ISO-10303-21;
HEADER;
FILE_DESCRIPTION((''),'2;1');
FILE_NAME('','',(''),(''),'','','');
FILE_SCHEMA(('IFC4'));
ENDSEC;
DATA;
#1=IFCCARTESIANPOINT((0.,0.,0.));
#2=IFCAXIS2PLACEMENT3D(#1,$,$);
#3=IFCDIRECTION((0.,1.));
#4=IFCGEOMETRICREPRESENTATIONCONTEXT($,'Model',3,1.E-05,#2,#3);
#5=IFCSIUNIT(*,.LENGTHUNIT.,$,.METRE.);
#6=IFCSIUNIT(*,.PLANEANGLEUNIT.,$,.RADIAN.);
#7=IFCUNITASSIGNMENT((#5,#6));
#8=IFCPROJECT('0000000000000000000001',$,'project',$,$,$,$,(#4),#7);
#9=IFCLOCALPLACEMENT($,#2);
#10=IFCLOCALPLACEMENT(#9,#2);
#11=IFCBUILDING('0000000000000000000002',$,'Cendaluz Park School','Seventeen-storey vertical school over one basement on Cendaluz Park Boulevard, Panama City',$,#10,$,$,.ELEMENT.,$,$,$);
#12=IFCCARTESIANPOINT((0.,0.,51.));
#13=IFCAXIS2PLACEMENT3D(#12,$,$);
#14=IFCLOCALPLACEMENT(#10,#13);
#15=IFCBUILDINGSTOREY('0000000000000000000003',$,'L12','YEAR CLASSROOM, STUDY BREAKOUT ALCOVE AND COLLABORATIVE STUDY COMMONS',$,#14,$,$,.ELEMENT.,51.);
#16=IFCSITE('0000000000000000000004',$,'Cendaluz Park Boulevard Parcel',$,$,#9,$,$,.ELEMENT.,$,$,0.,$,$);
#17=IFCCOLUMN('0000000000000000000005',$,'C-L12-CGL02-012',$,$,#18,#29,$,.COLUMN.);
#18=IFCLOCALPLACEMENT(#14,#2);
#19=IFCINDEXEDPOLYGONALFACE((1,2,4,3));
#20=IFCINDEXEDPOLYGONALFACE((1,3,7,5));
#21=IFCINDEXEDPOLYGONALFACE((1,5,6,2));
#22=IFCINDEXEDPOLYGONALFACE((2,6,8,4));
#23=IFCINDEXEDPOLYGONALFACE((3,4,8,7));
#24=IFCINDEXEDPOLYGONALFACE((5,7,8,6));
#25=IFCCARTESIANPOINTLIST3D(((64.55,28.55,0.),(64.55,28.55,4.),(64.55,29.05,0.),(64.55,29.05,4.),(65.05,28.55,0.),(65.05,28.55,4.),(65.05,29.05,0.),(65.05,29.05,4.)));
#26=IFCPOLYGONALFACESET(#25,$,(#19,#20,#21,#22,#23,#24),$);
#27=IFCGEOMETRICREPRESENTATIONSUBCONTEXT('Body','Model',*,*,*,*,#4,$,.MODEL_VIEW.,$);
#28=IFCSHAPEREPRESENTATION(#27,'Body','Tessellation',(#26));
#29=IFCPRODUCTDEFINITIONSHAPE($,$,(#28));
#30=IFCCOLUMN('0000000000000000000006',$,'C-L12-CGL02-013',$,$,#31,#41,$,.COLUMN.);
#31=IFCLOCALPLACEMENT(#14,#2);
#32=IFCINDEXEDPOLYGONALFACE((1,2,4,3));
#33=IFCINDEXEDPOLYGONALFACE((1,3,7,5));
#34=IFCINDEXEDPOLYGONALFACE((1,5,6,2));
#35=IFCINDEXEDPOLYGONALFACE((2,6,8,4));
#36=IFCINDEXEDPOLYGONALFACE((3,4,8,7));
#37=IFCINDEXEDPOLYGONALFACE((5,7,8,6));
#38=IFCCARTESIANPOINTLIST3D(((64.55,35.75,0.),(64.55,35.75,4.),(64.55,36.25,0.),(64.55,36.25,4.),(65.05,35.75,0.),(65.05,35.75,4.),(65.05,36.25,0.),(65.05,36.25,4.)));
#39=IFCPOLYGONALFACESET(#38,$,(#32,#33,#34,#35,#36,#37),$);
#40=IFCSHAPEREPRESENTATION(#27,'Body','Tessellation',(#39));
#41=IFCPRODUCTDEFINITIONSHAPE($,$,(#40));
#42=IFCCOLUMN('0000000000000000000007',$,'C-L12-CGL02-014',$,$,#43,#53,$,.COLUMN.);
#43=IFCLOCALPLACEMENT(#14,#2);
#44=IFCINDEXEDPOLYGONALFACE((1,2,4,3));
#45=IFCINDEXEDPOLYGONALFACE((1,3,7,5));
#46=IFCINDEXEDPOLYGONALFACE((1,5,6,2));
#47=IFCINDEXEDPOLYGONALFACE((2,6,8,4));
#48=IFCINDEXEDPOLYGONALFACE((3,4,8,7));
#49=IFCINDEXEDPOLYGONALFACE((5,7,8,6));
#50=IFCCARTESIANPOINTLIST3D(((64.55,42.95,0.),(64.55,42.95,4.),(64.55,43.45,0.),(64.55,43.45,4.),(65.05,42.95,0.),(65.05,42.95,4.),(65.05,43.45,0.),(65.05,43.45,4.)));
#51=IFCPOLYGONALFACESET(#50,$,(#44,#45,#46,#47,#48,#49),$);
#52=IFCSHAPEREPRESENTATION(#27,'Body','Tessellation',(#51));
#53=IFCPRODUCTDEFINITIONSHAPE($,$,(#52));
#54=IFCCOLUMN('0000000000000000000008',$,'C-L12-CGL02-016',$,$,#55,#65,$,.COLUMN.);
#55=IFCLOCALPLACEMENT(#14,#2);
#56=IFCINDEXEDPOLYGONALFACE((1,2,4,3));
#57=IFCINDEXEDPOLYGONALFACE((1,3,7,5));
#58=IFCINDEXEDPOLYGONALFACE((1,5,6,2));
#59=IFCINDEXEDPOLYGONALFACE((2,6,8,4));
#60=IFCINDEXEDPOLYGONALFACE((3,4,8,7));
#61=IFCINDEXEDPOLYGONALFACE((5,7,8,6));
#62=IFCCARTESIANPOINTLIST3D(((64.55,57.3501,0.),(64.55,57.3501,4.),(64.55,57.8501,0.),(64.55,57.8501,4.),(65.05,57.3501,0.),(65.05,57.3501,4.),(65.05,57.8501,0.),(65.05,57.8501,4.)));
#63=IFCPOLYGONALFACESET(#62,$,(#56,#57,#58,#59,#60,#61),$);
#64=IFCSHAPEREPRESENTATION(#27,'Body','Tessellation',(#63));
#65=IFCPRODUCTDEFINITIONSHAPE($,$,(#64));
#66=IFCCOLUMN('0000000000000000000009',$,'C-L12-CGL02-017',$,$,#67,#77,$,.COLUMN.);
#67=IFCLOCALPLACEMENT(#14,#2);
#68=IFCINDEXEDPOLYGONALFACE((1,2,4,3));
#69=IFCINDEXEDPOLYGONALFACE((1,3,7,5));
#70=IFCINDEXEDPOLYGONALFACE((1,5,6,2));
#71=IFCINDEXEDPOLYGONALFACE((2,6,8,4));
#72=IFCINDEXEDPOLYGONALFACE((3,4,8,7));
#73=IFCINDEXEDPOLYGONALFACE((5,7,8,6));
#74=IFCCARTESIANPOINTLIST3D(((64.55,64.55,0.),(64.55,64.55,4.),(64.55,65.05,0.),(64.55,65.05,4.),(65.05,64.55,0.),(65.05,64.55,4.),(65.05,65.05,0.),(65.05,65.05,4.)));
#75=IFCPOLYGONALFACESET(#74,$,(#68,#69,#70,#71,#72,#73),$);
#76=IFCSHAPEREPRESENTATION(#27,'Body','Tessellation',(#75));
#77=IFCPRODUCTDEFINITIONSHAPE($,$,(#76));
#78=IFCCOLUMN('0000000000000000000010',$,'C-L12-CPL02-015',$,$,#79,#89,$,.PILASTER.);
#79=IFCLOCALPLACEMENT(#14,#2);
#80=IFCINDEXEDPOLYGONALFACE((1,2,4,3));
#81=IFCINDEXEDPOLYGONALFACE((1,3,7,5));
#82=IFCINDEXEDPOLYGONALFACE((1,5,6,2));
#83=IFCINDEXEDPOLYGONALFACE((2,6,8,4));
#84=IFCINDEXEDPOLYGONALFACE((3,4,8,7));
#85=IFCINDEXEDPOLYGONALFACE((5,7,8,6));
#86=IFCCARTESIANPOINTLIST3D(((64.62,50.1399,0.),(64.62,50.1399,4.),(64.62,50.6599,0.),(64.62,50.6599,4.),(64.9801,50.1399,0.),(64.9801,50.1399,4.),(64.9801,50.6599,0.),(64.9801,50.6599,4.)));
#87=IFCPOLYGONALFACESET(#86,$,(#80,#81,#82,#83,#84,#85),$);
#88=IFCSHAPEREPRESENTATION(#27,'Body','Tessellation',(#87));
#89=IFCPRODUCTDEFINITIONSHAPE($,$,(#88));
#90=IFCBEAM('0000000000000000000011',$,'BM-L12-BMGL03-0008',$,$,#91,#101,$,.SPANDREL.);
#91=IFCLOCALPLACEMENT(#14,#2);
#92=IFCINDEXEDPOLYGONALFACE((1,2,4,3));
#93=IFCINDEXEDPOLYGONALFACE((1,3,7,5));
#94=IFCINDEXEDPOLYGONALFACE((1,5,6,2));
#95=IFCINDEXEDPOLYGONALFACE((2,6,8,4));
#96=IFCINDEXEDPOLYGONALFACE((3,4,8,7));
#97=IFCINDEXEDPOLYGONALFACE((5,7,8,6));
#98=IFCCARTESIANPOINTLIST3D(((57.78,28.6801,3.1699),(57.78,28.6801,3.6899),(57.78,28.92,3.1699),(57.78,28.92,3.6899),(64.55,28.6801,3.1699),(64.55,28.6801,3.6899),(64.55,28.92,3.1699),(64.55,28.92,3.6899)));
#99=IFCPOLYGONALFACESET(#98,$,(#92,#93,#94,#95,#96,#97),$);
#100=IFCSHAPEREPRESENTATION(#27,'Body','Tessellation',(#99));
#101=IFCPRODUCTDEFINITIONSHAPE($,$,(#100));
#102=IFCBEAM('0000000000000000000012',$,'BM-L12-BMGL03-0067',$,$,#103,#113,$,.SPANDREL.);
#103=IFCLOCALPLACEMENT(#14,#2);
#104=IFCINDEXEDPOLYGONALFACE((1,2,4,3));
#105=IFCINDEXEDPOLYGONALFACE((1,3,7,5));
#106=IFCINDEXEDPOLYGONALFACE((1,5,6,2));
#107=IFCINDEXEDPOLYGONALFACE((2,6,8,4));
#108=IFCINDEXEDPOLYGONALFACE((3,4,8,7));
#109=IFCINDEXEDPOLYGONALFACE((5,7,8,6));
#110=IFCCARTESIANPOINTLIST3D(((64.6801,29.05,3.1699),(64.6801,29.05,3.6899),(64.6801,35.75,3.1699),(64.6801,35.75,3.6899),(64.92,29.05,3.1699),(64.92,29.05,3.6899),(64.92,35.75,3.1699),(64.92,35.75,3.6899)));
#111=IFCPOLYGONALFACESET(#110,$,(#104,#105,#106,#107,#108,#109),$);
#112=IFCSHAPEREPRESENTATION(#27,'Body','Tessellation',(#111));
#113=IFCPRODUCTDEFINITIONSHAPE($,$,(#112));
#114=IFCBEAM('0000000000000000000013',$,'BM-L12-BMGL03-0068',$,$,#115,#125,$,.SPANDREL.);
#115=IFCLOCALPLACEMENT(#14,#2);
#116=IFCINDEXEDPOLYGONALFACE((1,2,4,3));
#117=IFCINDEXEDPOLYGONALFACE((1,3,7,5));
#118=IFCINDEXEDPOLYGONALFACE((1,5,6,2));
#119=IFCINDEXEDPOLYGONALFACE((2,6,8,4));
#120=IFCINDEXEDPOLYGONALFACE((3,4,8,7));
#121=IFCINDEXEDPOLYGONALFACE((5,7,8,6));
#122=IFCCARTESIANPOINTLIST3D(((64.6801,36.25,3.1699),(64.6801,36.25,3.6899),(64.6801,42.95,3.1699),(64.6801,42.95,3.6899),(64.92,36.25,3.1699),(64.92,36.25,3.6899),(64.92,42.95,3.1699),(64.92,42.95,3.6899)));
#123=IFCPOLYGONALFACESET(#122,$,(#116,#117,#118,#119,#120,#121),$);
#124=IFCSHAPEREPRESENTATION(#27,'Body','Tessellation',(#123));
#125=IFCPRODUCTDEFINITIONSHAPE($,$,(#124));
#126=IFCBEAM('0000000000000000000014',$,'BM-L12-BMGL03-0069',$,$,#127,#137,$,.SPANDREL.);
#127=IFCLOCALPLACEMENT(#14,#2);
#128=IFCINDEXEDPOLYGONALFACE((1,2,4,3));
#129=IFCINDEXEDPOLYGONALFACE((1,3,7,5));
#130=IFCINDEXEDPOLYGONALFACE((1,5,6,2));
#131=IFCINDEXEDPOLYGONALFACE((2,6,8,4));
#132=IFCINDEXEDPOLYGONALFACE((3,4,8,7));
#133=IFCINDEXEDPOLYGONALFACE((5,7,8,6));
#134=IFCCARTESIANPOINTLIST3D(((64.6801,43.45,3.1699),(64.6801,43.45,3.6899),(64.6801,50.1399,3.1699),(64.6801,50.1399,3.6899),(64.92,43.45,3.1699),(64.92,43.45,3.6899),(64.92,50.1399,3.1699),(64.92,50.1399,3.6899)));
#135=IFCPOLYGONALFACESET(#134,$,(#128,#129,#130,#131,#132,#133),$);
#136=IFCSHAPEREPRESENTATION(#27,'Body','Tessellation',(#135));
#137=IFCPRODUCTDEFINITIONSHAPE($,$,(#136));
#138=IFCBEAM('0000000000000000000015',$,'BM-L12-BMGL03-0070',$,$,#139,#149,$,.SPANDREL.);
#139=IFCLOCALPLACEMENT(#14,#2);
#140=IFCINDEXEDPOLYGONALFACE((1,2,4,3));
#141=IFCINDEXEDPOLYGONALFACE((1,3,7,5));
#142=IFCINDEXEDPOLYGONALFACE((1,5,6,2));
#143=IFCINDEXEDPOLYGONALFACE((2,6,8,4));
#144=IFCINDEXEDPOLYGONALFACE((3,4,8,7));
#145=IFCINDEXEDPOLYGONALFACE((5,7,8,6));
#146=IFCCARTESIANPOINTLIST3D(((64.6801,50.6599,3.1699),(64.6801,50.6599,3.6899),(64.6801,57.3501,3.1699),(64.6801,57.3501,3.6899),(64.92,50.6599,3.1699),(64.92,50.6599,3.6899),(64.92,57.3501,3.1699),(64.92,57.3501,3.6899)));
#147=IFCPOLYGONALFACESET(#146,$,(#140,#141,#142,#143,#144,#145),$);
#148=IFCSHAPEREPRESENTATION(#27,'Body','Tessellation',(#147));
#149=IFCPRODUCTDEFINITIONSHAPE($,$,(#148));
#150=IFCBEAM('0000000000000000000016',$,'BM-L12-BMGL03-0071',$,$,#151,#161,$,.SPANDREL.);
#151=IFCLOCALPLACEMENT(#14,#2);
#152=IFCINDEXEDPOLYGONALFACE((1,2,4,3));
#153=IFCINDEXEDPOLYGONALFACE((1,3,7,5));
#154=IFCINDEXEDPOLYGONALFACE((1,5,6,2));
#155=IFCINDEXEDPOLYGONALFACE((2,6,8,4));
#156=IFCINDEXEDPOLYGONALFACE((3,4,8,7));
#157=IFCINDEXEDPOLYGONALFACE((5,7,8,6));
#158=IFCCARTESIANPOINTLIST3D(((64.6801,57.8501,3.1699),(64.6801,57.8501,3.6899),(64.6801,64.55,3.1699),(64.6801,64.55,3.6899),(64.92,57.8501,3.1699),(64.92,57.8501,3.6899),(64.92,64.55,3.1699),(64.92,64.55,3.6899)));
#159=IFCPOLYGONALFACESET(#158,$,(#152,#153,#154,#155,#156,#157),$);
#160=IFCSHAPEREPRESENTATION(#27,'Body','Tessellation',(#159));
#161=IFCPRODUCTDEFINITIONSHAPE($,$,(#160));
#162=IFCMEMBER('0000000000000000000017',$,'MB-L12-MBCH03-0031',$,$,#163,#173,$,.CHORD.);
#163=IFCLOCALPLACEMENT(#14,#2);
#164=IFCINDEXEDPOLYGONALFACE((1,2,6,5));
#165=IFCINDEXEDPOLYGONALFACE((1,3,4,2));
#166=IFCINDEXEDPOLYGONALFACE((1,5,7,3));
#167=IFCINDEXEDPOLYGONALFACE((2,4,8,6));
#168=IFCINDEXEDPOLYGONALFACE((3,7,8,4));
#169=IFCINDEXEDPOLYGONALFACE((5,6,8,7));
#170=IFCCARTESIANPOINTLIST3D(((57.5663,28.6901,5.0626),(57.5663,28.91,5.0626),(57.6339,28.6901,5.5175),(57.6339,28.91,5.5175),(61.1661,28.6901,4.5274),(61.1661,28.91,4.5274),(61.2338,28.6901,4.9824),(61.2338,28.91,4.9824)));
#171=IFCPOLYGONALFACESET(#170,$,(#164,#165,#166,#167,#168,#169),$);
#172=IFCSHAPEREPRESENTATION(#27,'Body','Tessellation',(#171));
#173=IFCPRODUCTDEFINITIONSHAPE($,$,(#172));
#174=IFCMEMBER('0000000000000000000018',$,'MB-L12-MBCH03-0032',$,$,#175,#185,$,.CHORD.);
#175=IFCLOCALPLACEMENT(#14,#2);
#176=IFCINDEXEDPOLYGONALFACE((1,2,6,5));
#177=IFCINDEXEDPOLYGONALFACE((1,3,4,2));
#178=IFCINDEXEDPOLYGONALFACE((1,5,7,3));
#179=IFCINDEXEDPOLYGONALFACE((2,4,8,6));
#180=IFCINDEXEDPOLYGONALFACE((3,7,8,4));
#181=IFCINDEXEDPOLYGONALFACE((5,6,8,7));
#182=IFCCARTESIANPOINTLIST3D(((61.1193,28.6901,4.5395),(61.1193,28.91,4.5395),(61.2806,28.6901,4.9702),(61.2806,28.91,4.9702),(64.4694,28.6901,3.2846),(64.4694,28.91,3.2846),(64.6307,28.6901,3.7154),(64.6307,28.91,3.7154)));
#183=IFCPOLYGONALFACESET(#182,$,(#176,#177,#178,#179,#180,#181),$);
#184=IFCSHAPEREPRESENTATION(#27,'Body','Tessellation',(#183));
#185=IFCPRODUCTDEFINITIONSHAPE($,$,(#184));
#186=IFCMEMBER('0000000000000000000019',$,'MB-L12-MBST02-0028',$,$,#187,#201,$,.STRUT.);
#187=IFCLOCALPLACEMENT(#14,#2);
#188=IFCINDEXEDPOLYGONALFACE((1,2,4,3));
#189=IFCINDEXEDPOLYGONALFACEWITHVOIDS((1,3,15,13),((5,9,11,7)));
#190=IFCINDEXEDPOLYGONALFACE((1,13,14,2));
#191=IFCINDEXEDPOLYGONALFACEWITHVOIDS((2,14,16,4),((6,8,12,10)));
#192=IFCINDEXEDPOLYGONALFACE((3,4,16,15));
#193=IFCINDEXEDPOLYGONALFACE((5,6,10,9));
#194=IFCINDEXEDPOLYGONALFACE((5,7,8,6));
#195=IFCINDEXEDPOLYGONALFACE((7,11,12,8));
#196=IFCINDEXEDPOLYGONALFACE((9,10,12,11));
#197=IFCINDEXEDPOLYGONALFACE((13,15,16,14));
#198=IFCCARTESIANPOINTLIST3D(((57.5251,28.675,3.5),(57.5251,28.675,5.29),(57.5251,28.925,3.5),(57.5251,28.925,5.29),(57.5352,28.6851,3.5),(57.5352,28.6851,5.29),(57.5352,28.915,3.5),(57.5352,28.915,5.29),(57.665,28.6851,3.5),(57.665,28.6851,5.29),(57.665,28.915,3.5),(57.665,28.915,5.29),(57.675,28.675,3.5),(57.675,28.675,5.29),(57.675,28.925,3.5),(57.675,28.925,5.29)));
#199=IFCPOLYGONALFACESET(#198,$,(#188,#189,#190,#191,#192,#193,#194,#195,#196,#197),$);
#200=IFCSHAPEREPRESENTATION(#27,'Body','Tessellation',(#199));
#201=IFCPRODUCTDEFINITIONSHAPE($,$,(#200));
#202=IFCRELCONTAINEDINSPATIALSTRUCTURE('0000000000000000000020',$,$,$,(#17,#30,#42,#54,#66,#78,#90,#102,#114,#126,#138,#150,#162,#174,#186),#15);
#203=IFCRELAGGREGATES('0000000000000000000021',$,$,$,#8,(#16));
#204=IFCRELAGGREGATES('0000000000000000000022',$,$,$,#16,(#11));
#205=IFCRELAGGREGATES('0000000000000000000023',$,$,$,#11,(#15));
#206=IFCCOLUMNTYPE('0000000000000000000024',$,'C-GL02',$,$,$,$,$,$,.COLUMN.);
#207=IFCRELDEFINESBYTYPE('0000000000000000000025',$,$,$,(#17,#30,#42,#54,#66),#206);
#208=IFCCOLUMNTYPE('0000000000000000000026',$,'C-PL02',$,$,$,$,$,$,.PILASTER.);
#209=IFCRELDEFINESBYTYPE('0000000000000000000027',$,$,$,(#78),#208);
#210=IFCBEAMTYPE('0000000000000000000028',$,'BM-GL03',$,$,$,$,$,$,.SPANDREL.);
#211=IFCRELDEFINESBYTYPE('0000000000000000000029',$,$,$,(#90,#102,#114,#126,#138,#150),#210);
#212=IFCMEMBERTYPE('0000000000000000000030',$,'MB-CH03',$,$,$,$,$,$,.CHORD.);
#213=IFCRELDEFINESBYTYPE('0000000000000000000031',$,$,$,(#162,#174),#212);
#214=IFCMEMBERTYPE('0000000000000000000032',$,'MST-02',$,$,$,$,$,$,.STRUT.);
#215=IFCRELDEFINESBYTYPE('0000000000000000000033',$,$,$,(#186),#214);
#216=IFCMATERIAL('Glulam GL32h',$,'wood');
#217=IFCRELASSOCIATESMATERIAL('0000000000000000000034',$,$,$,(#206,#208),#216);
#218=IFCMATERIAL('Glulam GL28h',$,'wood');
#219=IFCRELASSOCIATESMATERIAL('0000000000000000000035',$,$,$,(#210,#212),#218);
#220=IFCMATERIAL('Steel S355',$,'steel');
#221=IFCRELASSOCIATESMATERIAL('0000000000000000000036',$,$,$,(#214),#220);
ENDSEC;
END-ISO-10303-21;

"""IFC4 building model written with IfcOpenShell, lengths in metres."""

from ifc_helpers import new_model, si_unit, direction, frame, origin, origin_2d, place, context, subcontext, project, spatial, rectangle, hollow_rectangle, extrude, material, material_profile, profile_set, type_object, element, save


model = new_model("IFC4")

# Units and contexts
model_context = context("Model", 3, precision=1e-05, world=origin(), true_north=direction((0.0, 1.0)))
body_context = subcontext(model_context, "Body", "Model", "MODEL_VIEW")
ifc_project = project(units=[si_unit("LENGTHUNIT", "METRE"), si_unit("PLANEANGLEUNIT", "RADIAN")], contexts=[model_context])

# Site, building, storey
site_placement = place(None, origin())
site = spatial("IfcSite", under=ifc_project, at=site_placement, Name="Cendaluz Park Boulevard Parcel", CompositionType="ELEMENT", RefElevation=0.0)
building_placement = place(site_placement, origin())
building = spatial("IfcBuilding", under=site, at=building_placement, Name="Cendaluz Park School", Description="Seventeen-storey vertical school over one basement on Cendaluz Park Boulevard, Panama City", CompositionType="ELEMENT")
storey_placement = place(building_placement, frame((0.0, 0.0, 51.0)))
storey = spatial("IfcBuildingStorey", under=building, at=storey_placement, Name="L12", Description="YEAR CLASSROOM, STUDY BREAKOUT ALCOVE AND COLLABORATIVE STUDY COMMONS", CompositionType="ELEMENT", Elevation=51.0)

# Columns
ifc_material_1 = material(Name="Glulam GL32h", Category="wood")
ifc_material_profile_1 = material_profile(ifc_material_1, rectangle(XDim=0.5, YDim=0.5, at=origin_2d()), Name="GL32h 500x500", Category="wood")
ifc_profile_set_1 = profile_set([ifc_material_profile_1], Name="Glulam GL32h")
column_type_1 = type_object("IfcColumnType", Name="C-GL02", PredefinedType="COLUMN", material=ifc_profile_set_1)
for number, where, z_axis, x_axis, name in (
    (1, (64.8, 28.8, 0.0), (0.0, 0.0, 1.0), (1.0, 0.0, 0.0), "C-L12-CGL02-012"),
    (2, (64.8, 36.0, 0.0), (0.0, 0.0, 1.0), (1.0, 0.0, 0.0), "C-L12-CGL02-013"),
    (3, (64.8, 43.2, 0.0), (0.0, 0.0, 1.0), (1.0, 0.0, 0.0), "C-L12-CGL02-014"),
    (4, (64.8, 57.6001, 0.0), (0.0, 0.0, 1.0), (1.0, 0.0, 0.0), "C-L12-CGL02-016"),
    (5, (64.8, 64.8, 0.0), (0.0, 0.0, 1.0), (1.0, 0.0, 0.0), "C-L12-CGL02-017"),
):
    element("IfcColumn", number, at=place(storey_placement, frame(where, z_axis=z_axis, x_axis=x_axis)), inside=storey, type_object=column_type_1, Name=name, PredefinedType="COLUMN", context=body_context, shape_type="SweptSolid", body=[
        extrude(rectangle(XDim=0.5, YDim=0.5, at=origin_2d()), origin(), (0.0, 0.0, 1.0), 4.0),
    ])
ifc_material_profile_2 = material_profile(ifc_material_1, rectangle(XDim=0.3601, YDim=0.52, at=origin_2d()), Name="GL32h 360x520", Category="wood")
ifc_profile_set_2 = profile_set([ifc_material_profile_2], Name="Glulam GL32h")
column_type_2 = type_object("IfcColumnType", Name="C-PL02", PredefinedType="PILASTER", material=ifc_profile_set_2)
column_placement = place(storey_placement, frame((64.8, 50.3999, 0.0), z_axis=(0.0, 0.0, 1.0), x_axis=(1.0, 0.0, 0.0)))
element("IfcColumn", 6, at=column_placement, inside=storey, type_object=column_type_2, Name="C-L12-CPL02-015", PredefinedType="PILASTER", context=body_context, shape_type="SweptSolid", body=[
    extrude(rectangle(XDim=0.3601, YDim=0.52, at=origin_2d()), origin(), (0.0, 0.0, 1.0), 4.0),
])

# Beams
ifc_material_2 = material(Name="Glulam GL28h", Category="wood")
ifc_material_profile_3 = material_profile(ifc_material_2, rectangle(XDim=0.24, YDim=0.52, at=origin_2d()), Name="GL28h 240x520", Category="wood")
ifc_profile_set_3 = profile_set([ifc_material_profile_3], Name="Glulam GL28h")
beam_type = type_object("IfcBeamType", Name="BM-GL03", PredefinedType="SPANDREL", material=ifc_profile_set_3)
beam_1_placement = place(storey_placement, frame((57.78, 28.8, 3.4299), z_axis=(1.0, 0.0, 0.0), x_axis=(0.0, 1.0, 0.0)))
element("IfcBeam", 7, at=beam_1_placement, inside=storey, type_object=beam_type, Name="BM-L12-BMGL03-0008", PredefinedType="SPANDREL", context=body_context, shape_type="SweptSolid", body=[
    extrude(rectangle(XDim=0.24, YDim=0.52, at=origin_2d()), origin(), (0.0, 0.0, 1.0), 6.77),
])
for number, where, z_axis, x_axis, name in (
    (8, (64.8, 29.05, 3.4299), (0.0, 1.0, 0.0), (-1.0, 0.0, 0.0), "BM-L12-BMGL03-0067"),
    (9, (64.8, 36.25, 3.4299), (0.0, 1.0, 0.0), (-1.0, 0.0, 0.0), "BM-L12-BMGL03-0068"),
):
    element("IfcBeam", number, at=place(storey_placement, frame(where, z_axis=z_axis, x_axis=x_axis)), inside=storey, type_object=beam_type, Name=name, PredefinedType="SPANDREL", context=body_context, shape_type="SweptSolid", body=[
        extrude(rectangle(XDim=0.24, YDim=0.52, at=origin_2d()), origin(), (0.0, 0.0, 1.0), 6.7),
    ])
beam_2_placement = place(storey_placement, frame((64.8, 43.45, 3.4299), z_axis=(0.0, 1.0, 0.0), x_axis=(-1.0, 0.0, 0.0)))
element("IfcBeam", 10, at=beam_2_placement, inside=storey, type_object=beam_type, Name="BM-L12-BMGL03-0069", PredefinedType="SPANDREL", context=body_context, shape_type="SweptSolid", body=[
    extrude(rectangle(XDim=0.24, YDim=0.52, at=origin_2d()), origin(), (0.0, 0.0, 1.0), 6.6899),
])
beam_3_placement = place(storey_placement, frame((64.8, 50.6599, 3.4299), z_axis=(0.0, 1.0, 0.0), x_axis=(-1.0, 0.0, 0.0)))
element("IfcBeam", 11, at=beam_3_placement, inside=storey, type_object=beam_type, Name="BM-L12-BMGL03-0070", PredefinedType="SPANDREL", context=body_context, shape_type="SweptSolid", body=[
    extrude(rectangle(XDim=0.24, YDim=0.52, at=origin_2d()), origin(), (0.0, 0.0, 1.0), 6.6902),
])
beam_4_placement = place(storey_placement, frame((64.8, 57.8501, 3.4299), z_axis=(0.0, 1.0, 0.0), x_axis=(-1.0, 0.0, 0.0)))
element("IfcBeam", 12, at=beam_4_placement, inside=storey, type_object=beam_type, Name="BM-L12-BMGL03-0071", PredefinedType="SPANDREL", context=body_context, shape_type="SweptSolid", body=[
    extrude(rectangle(XDim=0.24, YDim=0.52, at=origin_2d()), origin(), (0.0, 0.0, 1.0), 6.7),
])

# Members
ifc_material_profile_4 = material_profile(ifc_material_2, rectangle(XDim=0.22, YDim=0.46, at=origin_2d()), Name="GL28h 220x460", Category="wood")
ifc_profile_set_4 = profile_set([ifc_material_profile_4], Name="Glulam GL28h")
member_type_1 = type_object("IfcMemberType", Name="MB-CH03", PredefinedType="CHORD", material=ifc_profile_set_4)
member_1_placement = place(storey_placement, frame((57.6001, 28.8, 5.29), z_axis=(0.98913, 0.0, -0.147045), x_axis=(0.0, 1.0, 0.0)))
element("IfcMember", 13, at=member_1_placement, inside=storey, type_object=member_type_1, Name="MB-L12-MBCH03-0031", PredefinedType="CHORD", context=body_context, shape_type="SweptSolid", body=[
    extrude(rectangle(XDim=0.22, YDim=0.46, at=origin_2d()), origin(), (0.0, 0.0, 1.0), 3.6394),
])
member_2_placement = place(storey_placement, frame((61.2, 28.8, 4.7549), z_axis=(0.936458, 0.0, -0.350779), x_axis=(0.0, 1.0, 0.0)))
element("IfcMember", 14, at=member_2_placement, inside=storey, type_object=member_type_1, Name="MB-L12-MBCH03-0032", PredefinedType="CHORD", context=body_context, shape_type="SweptSolid", body=[
    extrude(rectangle(XDim=0.22, YDim=0.46, at=origin_2d()), origin(), (0.0, 0.0, 1.0), 3.5774),
])
ifc_material_3 = material(Name="Steel S355", Category="steel")
ifc_material_profile_5 = material_profile(ifc_material_3, hollow_rectangle(XDim=0.1499, YDim=0.25, WallThickness=0.01, at=origin_2d()), Name="RHS 250x150x10", Category="steel")
ifc_profile_set_5 = profile_set([ifc_material_profile_5], Name="Steel S355")
member_type_2 = type_object("IfcMemberType", Name="MST-02", PredefinedType="STRUT", material=ifc_profile_set_5)
member_3_placement = place(storey_placement, frame((57.6001, 28.8, 3.5), z_axis=(0.0, 0.0, 1.0), x_axis=(1.0, 0.0, 0.0)))
element("IfcMember", 15, at=member_3_placement, inside=storey, type_object=member_type_2, Name="MB-L12-MBST02-0028", PredefinedType="STRUT", context=body_context, shape_type="SweptSolid", body=[
    extrude(hollow_rectangle(XDim=0.1499, YDim=0.25, WallThickness=0.01, at=origin_2d()), origin(), (0.0, 0.0, 1.0), 1.79),
])

save(model, "model.ifc")
